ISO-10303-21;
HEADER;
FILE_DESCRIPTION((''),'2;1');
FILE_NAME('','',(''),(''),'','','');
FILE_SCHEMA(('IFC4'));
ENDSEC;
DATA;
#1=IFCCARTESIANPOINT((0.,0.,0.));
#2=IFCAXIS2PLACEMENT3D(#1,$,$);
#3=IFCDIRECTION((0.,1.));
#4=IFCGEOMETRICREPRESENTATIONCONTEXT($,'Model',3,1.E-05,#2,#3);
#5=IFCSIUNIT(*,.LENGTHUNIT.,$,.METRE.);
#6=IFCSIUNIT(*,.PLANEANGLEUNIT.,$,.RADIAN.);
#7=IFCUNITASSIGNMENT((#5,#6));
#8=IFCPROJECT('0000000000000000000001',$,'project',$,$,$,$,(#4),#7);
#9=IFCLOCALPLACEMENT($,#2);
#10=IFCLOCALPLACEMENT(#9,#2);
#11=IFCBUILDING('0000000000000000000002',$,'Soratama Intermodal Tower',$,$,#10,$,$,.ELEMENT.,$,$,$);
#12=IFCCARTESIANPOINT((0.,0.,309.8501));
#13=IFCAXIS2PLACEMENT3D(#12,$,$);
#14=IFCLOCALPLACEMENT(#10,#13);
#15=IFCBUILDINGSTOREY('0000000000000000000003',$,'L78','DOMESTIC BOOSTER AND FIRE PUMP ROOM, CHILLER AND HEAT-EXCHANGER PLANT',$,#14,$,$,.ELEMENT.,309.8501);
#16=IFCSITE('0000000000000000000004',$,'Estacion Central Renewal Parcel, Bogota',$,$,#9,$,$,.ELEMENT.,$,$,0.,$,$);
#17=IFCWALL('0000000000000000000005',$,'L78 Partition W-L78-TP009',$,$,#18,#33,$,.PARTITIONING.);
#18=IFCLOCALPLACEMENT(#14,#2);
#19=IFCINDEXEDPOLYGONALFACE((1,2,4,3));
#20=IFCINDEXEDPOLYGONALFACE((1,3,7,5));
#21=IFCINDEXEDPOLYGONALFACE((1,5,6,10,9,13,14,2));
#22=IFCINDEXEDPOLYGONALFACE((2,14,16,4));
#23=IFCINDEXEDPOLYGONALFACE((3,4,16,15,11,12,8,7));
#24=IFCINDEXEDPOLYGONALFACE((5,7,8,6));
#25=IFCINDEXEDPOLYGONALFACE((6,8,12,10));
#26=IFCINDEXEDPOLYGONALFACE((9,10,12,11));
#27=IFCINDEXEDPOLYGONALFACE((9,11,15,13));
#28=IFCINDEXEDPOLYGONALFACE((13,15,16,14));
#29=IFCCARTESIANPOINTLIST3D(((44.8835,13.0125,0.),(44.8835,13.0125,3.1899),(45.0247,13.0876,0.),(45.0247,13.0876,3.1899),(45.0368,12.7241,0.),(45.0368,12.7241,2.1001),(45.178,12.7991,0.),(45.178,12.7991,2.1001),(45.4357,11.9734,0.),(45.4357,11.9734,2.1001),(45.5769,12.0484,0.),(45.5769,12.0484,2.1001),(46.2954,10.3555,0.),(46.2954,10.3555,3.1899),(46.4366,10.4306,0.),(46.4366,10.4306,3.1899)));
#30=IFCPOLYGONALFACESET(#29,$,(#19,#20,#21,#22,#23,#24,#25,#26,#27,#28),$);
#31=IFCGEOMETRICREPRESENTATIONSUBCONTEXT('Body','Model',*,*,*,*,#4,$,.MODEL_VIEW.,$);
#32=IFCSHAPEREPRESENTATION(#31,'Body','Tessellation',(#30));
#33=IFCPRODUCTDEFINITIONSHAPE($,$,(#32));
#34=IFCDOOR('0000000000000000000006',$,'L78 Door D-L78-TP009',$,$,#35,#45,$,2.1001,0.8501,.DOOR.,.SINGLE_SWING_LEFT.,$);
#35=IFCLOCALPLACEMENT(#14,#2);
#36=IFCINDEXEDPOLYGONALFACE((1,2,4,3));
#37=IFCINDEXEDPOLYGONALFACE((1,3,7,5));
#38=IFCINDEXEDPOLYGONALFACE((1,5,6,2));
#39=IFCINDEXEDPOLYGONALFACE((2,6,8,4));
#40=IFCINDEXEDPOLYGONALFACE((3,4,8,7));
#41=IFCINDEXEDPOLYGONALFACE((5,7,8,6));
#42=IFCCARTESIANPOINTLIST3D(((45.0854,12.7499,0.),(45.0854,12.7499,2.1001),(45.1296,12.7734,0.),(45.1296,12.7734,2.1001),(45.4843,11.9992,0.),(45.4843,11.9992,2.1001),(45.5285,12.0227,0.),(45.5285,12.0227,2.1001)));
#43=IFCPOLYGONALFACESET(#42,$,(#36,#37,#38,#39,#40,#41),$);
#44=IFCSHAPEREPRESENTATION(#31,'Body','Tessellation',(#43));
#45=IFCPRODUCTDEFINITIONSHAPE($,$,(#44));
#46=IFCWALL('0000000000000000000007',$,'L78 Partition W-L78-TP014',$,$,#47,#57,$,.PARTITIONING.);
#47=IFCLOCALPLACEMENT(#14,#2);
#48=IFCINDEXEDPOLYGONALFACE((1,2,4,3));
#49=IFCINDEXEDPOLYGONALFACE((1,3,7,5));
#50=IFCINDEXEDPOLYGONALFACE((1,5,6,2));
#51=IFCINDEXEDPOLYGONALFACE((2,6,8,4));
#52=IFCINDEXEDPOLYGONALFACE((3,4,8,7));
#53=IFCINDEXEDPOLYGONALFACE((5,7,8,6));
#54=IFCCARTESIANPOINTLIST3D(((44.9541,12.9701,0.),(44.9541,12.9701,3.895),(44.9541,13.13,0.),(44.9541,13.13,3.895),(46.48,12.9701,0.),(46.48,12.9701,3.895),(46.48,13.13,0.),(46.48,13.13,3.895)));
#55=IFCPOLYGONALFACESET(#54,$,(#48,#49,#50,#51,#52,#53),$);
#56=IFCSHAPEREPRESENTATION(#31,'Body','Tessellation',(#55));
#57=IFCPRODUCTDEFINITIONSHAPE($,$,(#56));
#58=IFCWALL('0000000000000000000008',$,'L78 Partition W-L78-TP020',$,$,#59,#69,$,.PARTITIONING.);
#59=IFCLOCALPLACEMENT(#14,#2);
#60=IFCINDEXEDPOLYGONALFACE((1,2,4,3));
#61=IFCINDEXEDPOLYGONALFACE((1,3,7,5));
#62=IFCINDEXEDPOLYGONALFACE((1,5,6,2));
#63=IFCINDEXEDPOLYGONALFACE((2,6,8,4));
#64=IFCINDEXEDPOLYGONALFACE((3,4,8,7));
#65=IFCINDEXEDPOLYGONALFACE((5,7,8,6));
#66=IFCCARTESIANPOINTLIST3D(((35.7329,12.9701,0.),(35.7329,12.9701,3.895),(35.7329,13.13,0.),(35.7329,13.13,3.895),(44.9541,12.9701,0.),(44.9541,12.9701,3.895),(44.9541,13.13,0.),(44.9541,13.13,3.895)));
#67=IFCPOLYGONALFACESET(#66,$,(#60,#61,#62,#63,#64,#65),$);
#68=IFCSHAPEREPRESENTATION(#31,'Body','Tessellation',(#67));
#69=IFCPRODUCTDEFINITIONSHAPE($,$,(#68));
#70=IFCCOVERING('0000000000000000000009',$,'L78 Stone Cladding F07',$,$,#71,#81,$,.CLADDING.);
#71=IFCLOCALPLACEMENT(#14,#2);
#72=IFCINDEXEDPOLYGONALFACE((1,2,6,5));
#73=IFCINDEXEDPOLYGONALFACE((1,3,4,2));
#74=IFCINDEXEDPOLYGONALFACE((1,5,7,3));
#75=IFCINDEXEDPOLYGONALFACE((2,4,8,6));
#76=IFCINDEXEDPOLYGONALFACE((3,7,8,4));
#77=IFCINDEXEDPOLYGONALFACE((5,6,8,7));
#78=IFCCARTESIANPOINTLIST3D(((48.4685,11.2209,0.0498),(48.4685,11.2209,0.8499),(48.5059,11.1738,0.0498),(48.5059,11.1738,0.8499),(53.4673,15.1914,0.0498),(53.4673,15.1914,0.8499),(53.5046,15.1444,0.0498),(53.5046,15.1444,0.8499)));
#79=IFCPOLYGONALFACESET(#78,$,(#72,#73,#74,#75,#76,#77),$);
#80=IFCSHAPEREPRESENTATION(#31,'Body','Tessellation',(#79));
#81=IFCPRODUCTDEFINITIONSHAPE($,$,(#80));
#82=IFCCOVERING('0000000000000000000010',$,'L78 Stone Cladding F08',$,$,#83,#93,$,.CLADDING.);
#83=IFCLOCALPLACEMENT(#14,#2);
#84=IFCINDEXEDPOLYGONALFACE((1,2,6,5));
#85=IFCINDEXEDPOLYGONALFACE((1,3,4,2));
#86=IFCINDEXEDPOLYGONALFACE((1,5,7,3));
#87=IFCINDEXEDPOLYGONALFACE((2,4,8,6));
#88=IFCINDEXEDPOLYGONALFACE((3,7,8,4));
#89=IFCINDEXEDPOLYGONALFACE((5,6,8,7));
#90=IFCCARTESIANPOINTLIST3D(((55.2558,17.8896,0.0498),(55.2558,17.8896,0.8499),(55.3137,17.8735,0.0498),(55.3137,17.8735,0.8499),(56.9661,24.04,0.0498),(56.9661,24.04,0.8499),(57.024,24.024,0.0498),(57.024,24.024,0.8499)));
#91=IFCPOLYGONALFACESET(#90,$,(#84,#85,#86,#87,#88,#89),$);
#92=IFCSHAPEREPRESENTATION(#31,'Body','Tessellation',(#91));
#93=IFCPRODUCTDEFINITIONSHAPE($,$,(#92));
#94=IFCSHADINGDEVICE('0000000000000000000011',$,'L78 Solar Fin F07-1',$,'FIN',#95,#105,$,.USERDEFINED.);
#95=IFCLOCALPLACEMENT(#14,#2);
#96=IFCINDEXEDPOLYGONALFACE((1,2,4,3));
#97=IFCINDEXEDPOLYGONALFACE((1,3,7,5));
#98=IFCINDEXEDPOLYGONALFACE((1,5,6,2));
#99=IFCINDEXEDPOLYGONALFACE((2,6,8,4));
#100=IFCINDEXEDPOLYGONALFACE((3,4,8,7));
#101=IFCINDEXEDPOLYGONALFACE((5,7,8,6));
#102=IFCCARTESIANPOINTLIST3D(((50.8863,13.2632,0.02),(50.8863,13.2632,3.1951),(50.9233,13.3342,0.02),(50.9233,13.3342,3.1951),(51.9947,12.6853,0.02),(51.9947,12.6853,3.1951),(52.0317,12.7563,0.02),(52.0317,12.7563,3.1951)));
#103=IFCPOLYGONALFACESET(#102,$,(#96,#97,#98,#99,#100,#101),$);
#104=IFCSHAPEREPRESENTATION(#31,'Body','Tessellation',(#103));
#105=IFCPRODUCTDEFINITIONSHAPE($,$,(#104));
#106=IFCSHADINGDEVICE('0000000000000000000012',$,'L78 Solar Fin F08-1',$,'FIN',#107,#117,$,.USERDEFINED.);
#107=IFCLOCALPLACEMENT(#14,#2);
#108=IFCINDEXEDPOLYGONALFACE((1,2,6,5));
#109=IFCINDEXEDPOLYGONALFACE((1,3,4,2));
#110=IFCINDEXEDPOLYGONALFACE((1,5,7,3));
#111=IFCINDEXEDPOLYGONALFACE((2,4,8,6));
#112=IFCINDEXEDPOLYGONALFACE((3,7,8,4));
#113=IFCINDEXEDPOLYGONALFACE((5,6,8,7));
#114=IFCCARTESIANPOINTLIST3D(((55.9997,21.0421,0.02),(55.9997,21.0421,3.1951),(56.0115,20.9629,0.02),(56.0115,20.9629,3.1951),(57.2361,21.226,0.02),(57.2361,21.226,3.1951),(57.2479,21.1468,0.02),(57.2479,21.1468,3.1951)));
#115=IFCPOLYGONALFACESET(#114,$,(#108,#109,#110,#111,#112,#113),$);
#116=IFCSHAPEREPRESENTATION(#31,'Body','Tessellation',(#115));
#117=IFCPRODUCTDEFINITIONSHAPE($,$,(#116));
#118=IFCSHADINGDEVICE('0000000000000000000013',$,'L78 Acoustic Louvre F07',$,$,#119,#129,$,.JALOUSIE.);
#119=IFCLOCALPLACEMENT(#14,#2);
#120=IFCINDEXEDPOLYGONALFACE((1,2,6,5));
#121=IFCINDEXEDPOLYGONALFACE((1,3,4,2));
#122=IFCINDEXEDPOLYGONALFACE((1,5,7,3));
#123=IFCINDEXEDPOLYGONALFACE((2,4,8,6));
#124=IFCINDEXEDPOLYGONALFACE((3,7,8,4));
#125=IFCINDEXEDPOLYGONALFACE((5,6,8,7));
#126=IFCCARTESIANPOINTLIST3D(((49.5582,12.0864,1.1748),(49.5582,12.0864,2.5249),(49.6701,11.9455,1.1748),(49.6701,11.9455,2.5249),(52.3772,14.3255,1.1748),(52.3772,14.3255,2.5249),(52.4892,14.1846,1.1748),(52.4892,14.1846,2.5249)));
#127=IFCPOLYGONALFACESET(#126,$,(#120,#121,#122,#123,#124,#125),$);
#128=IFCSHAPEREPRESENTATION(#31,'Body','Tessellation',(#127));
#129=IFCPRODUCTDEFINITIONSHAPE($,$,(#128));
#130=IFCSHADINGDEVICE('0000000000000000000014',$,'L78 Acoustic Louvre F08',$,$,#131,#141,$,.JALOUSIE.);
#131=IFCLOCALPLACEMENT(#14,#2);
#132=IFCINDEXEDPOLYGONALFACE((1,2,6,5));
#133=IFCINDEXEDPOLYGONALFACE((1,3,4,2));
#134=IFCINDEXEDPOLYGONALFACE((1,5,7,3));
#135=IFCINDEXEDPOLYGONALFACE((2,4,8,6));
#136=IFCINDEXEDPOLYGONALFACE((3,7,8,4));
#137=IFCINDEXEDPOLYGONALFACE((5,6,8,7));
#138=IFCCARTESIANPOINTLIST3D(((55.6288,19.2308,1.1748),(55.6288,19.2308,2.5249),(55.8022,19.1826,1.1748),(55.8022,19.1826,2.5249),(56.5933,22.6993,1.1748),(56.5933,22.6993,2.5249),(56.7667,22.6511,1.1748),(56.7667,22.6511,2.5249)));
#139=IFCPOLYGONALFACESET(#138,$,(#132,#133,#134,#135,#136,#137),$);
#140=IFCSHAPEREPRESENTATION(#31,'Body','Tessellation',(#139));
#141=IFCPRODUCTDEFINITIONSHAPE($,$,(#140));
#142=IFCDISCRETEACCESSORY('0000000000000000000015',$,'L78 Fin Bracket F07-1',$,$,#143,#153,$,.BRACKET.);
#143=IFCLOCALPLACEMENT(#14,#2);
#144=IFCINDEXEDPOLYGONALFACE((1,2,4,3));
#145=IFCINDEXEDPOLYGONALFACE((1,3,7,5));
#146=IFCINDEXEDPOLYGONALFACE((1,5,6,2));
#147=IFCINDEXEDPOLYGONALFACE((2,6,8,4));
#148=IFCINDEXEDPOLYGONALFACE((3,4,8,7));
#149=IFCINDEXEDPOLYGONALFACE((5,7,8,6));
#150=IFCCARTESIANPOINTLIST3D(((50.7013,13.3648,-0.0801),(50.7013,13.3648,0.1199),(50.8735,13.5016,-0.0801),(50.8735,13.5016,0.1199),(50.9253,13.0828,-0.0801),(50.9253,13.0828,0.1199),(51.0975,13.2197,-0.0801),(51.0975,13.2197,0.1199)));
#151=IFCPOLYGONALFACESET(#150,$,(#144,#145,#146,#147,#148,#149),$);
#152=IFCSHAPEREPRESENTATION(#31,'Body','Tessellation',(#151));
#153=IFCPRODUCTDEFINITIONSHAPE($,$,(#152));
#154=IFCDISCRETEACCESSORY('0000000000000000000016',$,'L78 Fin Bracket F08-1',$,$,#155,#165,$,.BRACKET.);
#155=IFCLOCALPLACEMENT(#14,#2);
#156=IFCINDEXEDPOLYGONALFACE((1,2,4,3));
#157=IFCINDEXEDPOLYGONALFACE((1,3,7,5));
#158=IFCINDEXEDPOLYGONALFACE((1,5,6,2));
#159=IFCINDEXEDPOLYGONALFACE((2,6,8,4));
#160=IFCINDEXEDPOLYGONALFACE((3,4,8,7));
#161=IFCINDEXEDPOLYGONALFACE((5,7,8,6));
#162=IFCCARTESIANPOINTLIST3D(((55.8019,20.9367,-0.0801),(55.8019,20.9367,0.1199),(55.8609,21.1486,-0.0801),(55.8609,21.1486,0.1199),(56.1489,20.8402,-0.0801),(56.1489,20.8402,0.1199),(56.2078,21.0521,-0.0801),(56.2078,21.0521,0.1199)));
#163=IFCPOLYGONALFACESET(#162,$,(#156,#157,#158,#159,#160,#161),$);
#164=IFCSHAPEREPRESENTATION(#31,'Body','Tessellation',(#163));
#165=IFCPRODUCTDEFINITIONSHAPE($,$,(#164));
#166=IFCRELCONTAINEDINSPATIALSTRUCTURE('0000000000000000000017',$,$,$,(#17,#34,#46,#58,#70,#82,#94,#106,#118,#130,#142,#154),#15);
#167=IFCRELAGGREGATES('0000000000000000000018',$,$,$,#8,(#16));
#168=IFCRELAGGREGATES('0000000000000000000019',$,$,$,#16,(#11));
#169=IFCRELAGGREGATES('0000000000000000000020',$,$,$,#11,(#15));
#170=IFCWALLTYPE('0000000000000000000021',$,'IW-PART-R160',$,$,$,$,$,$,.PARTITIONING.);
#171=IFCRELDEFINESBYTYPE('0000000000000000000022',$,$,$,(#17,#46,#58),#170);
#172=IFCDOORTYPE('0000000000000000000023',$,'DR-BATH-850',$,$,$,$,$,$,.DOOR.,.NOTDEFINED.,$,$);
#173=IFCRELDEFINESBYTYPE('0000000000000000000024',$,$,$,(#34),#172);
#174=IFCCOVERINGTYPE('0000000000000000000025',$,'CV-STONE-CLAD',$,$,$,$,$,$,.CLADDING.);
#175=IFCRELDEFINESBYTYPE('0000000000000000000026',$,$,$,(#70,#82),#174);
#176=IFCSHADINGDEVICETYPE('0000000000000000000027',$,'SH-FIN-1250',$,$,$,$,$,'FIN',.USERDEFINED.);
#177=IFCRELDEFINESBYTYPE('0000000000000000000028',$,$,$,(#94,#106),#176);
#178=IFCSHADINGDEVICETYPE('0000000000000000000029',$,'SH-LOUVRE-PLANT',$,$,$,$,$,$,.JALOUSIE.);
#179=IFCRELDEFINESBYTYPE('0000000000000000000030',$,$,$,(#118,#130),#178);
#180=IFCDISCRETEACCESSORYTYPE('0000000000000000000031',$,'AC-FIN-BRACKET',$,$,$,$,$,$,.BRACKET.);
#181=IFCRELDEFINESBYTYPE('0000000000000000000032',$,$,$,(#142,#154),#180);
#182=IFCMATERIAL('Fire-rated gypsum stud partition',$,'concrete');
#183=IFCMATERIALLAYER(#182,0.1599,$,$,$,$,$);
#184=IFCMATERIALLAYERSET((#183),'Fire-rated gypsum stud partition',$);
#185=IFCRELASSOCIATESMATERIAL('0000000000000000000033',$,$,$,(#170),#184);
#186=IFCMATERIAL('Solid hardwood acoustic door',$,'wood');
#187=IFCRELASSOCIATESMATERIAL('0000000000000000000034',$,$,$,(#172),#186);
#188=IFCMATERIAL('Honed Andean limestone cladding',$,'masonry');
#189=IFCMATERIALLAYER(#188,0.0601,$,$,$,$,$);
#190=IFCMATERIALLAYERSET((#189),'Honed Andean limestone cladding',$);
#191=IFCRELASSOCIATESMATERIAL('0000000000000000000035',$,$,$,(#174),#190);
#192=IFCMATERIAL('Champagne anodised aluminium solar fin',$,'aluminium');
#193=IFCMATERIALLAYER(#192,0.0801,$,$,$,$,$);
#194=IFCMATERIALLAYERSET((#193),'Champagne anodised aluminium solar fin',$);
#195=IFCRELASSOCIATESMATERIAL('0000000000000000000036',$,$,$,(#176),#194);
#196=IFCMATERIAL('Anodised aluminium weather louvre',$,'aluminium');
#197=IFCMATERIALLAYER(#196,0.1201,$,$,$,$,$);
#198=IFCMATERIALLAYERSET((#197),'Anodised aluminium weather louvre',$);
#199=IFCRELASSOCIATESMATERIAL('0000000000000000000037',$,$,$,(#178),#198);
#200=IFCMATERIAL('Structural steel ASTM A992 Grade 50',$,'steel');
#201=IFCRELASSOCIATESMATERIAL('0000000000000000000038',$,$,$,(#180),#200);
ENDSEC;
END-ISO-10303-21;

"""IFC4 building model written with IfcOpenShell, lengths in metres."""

from ifc_helpers import new_model, si_unit, direction, frame, frame_2d, origin, origin_2d, place, context, subcontext, project, spatial, rectangle, extrude, material, layer, layer_set, type_object, element, fill, save


model = new_model("IFC4")

# Units and contexts
model_context = context("Model", 3, precision=1e-05, world=origin(), true_north=direction((0.0, 1.0)))
body_context = subcontext(model_context, "Body", "Model", "MODEL_VIEW")
ifc_project = project(units=[si_unit("LENGTHUNIT", "METRE"), si_unit("PLANEANGLEUNIT", "RADIAN")], contexts=[model_context])

# Site, building, storey
site_placement = place(None, origin())
site = spatial("IfcSite", under=ifc_project, at=site_placement, Name="Estacion Central Renewal Parcel, Bogota", CompositionType="ELEMENT", RefElevation=0.0)
building_placement = place(site_placement, origin())
building = spatial("IfcBuilding", under=site, at=building_placement, Name="Soratama Intermodal Tower", CompositionType="ELEMENT")
storey_placement = place(building_placement, frame((0.0, 0.0, 309.8501)))
storey = spatial("IfcBuildingStorey", under=building, at=storey_placement, Name="L78", Description="DOMESTIC BOOSTER AND FIRE PUMP ROOM, CHILLER AND HEAT-EXCHANGER PLANT", CompositionType="ELEMENT", Elevation=309.8501)

# Wall, opening, door
ifc_material_1 = material(Name="Fire-rated gypsum stud partition", Category="concrete")
ifc_layer_1 = layer(ifc_material_1, 0.1599)
ifc_layer_set_1 = layer_set([ifc_layer_1], Name="Fire-rated gypsum stud partition")
wall_type_1 = type_object("IfcWallType", Name="IW-PART-R160", PredefinedType="PARTITIONING", material=ifc_layer_set_1)
wall_1_placement = place(storey_placement, frame((46.366, 10.3931, 0.0), z_axis=(0.0, 0.0, 1.0), x_axis=(-0.469244, 0.883068, 0.0)))
wall_1 = element("IfcWall", 1, at=wall_1_placement, inside=storey, type_object=wall_type_1, Name="L78 Partition W-L78-TP009", PredefinedType="PARTITIONING", context=body_context, shape_type="SweptSolid", body=[
    extrude(rectangle(XDim=3.0088, YDim=0.1599, at=frame_2d((1.5044, 0.0))), origin(), (0.0, 0.0, 1.0), 3.1899),
])
opening_placement = place(wall_1_placement, frame((1.832, 0.0, 0.0)))
opening = element("IfcOpeningElement", 2, at=opening_placement, cuts=wall_1, PredefinedType="OPENING", context=body_context, shape_type="SweptSolid", body=[
    extrude(rectangle(XDim=0.8501, YDim=2.1001, at=frame_2d((0.425, 1.05))), frame((0.0, 0.0898, 0.0), z_axis=(0.0, -1.0, 0.0), x_axis=(1.0, 0.0, 0.0)), (0.0, 0.0, 1.0), 0.1799),
])
ifc_material_2 = material(Name="Solid hardwood acoustic door", Category="wood")
door_type = type_object("IfcDoorType", Name="DR-BATH-850", OperationType="NOTDEFINED", PredefinedType="DOOR", material=ifc_material_2)
door_placement = place(opening_placement, origin())
door = element("IfcDoor", 3, at=door_placement, inside=storey, type_object=door_type, Name="L78 Door D-L78-TP009", OperationType="SINGLE_SWING_LEFT", OverallHeight=2.1001, OverallWidth=0.8501, PredefinedType="DOOR", context=body_context, shape_type="SweptSolid", body=[
    extrude(rectangle(XDim=0.8501, YDim=2.1001, at=frame_2d((0.425, 1.05))), frame((0.0, 0.0249, 0.0), z_axis=(0.0, -1.0, 0.0), x_axis=(1.0, 0.0, 0.0)), (0.0, 0.0, 1.0), 0.05),
])
fill(opening, door)

# Walls
wall_2_placement = place(storey_placement, frame((46.48, 13.05, 0.0), z_axis=(0.0, 0.0, 1.0), x_axis=(-1.0, 0.0, 0.0)))
element("IfcWall", 4, at=wall_2_placement, inside=storey, type_object=wall_type_1, Name="L78 Partition W-L78-TP014", PredefinedType="PARTITIONING", context=body_context, shape_type="SweptSolid", body=[
    extrude(rectangle(XDim=1.5259, YDim=0.1599, at=frame_2d((0.7629, 0.0))), origin(), (0.0, 0.0, 1.0), 3.895),
])
wall_3_placement = place(storey_placement, frame((44.9541, 13.05, 0.0), z_axis=(0.0, 0.0, 1.0), x_axis=(-1.0, 0.0, 0.0)))
element("IfcWall", 5, at=wall_3_placement, inside=storey, type_object=wall_type_1, Name="L78 Partition W-L78-TP020", PredefinedType="PARTITIONING", context=body_context, shape_type="SweptSolid", body=[
    extrude(rectangle(XDim=9.2212, YDim=0.1599, at=frame_2d((4.6106, 0.0))), origin(), (0.0, 0.0, 1.0), 3.895),
])

# Coverings
ifc_material_3 = material(Name="Honed Andean limestone cladding", Category="masonry")
ifc_layer_2 = layer(ifc_material_3, 0.0601)
ifc_layer_set_2 = layer_set([ifc_layer_2], Name="Honed Andean limestone cladding")
covering_type = type_object("IfcCoveringType", Name="CV-STONE-CLAD", PredefinedType="CLADDING", material=ifc_layer_set_2)
for number, where, z_axis, x_axis, name in (
    (6, (50.9866, 13.1826, 0.0498), (0.0, 0.0, 1.0), (0.783043, 0.621968, 0.0), "L78 Stone Cladding F07"),
    (7, (56.1399, 20.9568, 0.0498), (0.0, 0.0, 1.0), (0.267911, 0.963444, 0.0), "L78 Stone Cladding F08"),
):
    element("IfcCovering", number, at=place(storey_placement, frame(where, z_axis=z_axis, x_axis=x_axis)), inside=storey, type_object=covering_type, Name=name, PredefinedType="CLADDING", context=body_context, shape_type="SweptSolid", body=[
        extrude(rectangle(XDim=6.3838, YDim=0.0601, at=origin_2d()), origin(), (0.0, 0.0, 1.0), 0.8),
    ])

# Shading devices
ifc_material_4 = material(Name="Champagne anodised aluminium solar fin", Category="aluminium")
ifc_layer_3 = layer(ifc_material_4, 0.0801)
ifc_layer_set_3 = layer_set([ifc_layer_3], Name="Champagne anodised aluminium solar fin")
shading_device_type_1 = type_object("IfcShadingDeviceType", Name="SH-FIN-1250", ElementType="FIN", PredefinedType="USERDEFINED", material=ifc_layer_set_3)
for number, where, z_axis, x_axis, name in (
    (8, (51.459, 13.0098, 0.02), (0.0, 0.0, 1.0), (0.886688, -0.462368, 0.0), "L78 Solar Fin F07-1"),
    (9, (56.6238, 21.0945, 0.02), (0.0, 0.0, 1.0), (0.989119, 0.147119, 0.0), "L78 Solar Fin F08-1"),
):
    element("IfcShadingDevice", number, at=place(storey_placement, frame(where, z_axis=z_axis, x_axis=x_axis)), inside=storey, type_object=shading_device_type_1, Name=name, ObjectType="FIN", PredefinedType="USERDEFINED", context=body_context, shape_type="SweptSolid", body=[
        extrude(rectangle(XDim=1.25, YDim=0.0801, at=origin_2d()), origin(), (0.0, 0.0, 1.0), 3.175),
    ])
ifc_material_5 = material(Name="Anodised aluminium weather louvre", Category="aluminium")
ifc_layer_4 = layer(ifc_material_5, 0.1201)
ifc_layer_set_4 = layer_set([ifc_layer_4], Name="Anodised aluminium weather louvre")
shading_device_type_2 = type_object("IfcShadingDeviceType", Name="SH-LOUVRE-PLANT", PredefinedType="JALOUSIE", material=ifc_layer_set_4)
for number, where, z_axis, x_axis, name in (
    (10, (51.0237, 13.1355, 1.1748), (0.0, 0.0, 1.0), (0.783043, 0.621968, 0.0), "L78 Acoustic Louvre F07"),
    (11, (56.1978, 20.9409, 1.1748), (0.0, 0.0, 1.0), (0.267911, 0.963444, 0.0), "L78 Acoustic Louvre F08"),
):
    element("IfcShadingDevice", number, at=place(storey_placement, frame(where, z_axis=z_axis, x_axis=x_axis)), inside=storey, type_object=shading_device_type_2, Name=name, PredefinedType="JALOUSIE", context=body_context, shape_type="SweptSolid", body=[
        extrude(rectangle(XDim=3.6001, YDim=0.1799, at=origin_2d()), origin(), (0.0, 0.0, 1.0), 1.3501),
    ])

# Discrete accessories
ifc_material_6 = material(Name="Structural steel ASTM A992 Grade 50", Category="steel")
discrete_accessory_type = type_object("IfcDiscreteAccessoryType", Name="AC-FIN-BRACKET", PredefinedType="BRACKET", material=ifc_material_6)
for number, where, z_axis, x_axis, name in (
    (12, (50.8994, 13.2922, -0.0801), (0.0, 0.0, 1.0), (0.621968, -0.783043, 0.0), "L78 Fin Bracket F07-1"),
    (13, (56.0049, 20.9944, -0.0801), (0.0, 0.0, 1.0), (0.963444, -0.267911, 0.0), "L78 Fin Bracket F08-1"),
):
    element("IfcDiscreteAccessory", number, at=place(storey_placement, frame(where, z_axis=z_axis, x_axis=x_axis)), inside=storey, type_object=discrete_accessory_type, Name=name, PredefinedType="BRACKET", context=body_context, shape_type="SweptSolid", body=[
        extrude(rectangle(XDim=0.3601, YDim=0.22, at=origin_2d()), origin(), (0.0, 0.0, 1.0), 0.2),
    ])

save(model, "model.ifc")
